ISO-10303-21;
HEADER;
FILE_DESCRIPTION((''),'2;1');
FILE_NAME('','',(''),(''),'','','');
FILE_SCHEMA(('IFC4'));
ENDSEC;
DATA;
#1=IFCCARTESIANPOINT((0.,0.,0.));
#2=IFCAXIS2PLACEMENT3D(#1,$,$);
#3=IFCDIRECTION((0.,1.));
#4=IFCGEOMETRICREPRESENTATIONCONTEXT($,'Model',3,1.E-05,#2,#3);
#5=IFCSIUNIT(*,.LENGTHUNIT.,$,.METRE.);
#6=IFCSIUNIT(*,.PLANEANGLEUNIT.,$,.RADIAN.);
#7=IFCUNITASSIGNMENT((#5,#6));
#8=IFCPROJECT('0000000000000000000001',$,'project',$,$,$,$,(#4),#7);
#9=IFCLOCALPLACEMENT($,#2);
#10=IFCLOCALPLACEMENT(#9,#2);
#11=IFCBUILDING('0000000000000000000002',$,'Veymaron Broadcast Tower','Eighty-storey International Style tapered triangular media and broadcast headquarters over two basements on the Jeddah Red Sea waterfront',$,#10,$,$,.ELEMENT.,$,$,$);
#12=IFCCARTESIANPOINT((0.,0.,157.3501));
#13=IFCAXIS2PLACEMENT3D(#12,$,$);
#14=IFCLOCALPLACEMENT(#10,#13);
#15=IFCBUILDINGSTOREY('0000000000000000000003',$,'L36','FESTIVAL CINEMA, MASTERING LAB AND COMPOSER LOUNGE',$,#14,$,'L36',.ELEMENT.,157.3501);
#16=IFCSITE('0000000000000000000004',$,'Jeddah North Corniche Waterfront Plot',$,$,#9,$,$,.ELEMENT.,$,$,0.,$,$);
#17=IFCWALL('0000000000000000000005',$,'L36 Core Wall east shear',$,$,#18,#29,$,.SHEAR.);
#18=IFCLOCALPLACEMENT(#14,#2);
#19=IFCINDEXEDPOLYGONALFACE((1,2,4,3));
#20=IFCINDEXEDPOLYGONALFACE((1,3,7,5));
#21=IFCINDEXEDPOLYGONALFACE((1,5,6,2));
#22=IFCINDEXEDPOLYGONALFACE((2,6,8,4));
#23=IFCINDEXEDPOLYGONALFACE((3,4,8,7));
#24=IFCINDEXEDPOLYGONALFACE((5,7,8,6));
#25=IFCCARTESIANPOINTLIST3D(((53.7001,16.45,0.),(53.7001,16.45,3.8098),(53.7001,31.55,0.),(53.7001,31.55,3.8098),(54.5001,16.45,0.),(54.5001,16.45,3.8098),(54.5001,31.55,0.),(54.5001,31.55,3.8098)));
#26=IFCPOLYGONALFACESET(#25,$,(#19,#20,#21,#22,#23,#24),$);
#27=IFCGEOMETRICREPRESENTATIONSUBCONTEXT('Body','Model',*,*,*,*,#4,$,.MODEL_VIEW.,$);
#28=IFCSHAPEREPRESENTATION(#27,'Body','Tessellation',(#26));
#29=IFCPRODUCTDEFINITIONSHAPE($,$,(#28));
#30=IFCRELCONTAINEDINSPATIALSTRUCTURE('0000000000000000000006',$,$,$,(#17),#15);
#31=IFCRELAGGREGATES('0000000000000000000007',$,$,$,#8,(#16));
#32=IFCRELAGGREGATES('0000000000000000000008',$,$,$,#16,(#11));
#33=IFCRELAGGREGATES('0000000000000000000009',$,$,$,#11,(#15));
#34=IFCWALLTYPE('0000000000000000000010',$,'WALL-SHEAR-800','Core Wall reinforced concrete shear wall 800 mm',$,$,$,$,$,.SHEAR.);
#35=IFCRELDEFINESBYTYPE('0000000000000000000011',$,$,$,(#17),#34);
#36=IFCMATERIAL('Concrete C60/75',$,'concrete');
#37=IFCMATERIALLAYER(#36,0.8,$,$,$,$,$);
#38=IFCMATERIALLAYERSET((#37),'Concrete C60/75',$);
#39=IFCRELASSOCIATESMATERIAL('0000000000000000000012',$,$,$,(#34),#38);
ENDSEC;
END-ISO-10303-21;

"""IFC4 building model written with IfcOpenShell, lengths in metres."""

from ifc_helpers import new_model, si_unit, direction, frame, frame_2d, origin, place, context, subcontext, project, spatial, rectangle, extrude, material, layer, layer_set, type_object, element, save


model = new_model("IFC4")

# Units and contexts
model_context = context("Model", 3, precision=1e-05, world=origin(), true_north=direction((0.0, 1.0)))
body_context = subcontext(model_context, "Body", "Model", "MODEL_VIEW")
ifc_project = project(units=[si_unit("LENGTHUNIT", "METRE"), si_unit("PLANEANGLEUNIT", "RADIAN")], contexts=[model_context])

# Site, building, storey
site_placement = place(None, origin())
site = spatial("IfcSite", under=ifc_project, at=site_placement, Name="Jeddah North Corniche Waterfront Plot", CompositionType="ELEMENT", RefElevation=0.0)
building_placement = place(site_placement, origin())
building = spatial("IfcBuilding", under=site, at=building_placement, Name="Veymaron Broadcast Tower", Description="Eighty-storey International Style tapered triangular media and broadcast headquarters over two basements on the Jeddah Red Sea waterfront", CompositionType="ELEMENT")
storey_placement = place(building_placement, frame((0.0, 0.0, 157.3501)))
storey = spatial("IfcBuildingStorey", under=building, at=storey_placement, Name="L36", Description="FESTIVAL CINEMA, MASTERING LAB AND COMPOSER LOUNGE", LongName="L36", CompositionType="ELEMENT", Elevation=157.3501)

# Wall
ifc_material_1 = material(Name="Concrete C60/75", Category="concrete")
ifc_layer_1 = layer(ifc_material_1, 0.8)
ifc_layer_set_1 = layer_set([ifc_layer_1], Name="Concrete C60/75")
wall_type_1 = type_object("IfcWallType", Name="WALL-SHEAR-800", Description="Core Wall reinforced concrete shear wall 800 mm", PredefinedType="SHEAR", material=ifc_layer_set_1)
wall_1_placement = place(storey_placement, frame((54.1001, 16.45, 0.0), z_axis=(0.0, 0.0, 1.0), x_axis=(0.0, 1.0, 0.0)))
element("IfcWall", 1, at=wall_1_placement, inside=storey, type_object=wall_type_1, Name="L36 Core Wall east shear", PredefinedType="SHEAR", context=body_context, shape_type="SweptSolid", body=[
    extrude(rectangle(XDim=15.1001, YDim=0.8, at=frame_2d((7.55, 0.0))), origin(), (0.0, 0.0, 1.0), 3.8098),
])

save(model, "model.ifc")
